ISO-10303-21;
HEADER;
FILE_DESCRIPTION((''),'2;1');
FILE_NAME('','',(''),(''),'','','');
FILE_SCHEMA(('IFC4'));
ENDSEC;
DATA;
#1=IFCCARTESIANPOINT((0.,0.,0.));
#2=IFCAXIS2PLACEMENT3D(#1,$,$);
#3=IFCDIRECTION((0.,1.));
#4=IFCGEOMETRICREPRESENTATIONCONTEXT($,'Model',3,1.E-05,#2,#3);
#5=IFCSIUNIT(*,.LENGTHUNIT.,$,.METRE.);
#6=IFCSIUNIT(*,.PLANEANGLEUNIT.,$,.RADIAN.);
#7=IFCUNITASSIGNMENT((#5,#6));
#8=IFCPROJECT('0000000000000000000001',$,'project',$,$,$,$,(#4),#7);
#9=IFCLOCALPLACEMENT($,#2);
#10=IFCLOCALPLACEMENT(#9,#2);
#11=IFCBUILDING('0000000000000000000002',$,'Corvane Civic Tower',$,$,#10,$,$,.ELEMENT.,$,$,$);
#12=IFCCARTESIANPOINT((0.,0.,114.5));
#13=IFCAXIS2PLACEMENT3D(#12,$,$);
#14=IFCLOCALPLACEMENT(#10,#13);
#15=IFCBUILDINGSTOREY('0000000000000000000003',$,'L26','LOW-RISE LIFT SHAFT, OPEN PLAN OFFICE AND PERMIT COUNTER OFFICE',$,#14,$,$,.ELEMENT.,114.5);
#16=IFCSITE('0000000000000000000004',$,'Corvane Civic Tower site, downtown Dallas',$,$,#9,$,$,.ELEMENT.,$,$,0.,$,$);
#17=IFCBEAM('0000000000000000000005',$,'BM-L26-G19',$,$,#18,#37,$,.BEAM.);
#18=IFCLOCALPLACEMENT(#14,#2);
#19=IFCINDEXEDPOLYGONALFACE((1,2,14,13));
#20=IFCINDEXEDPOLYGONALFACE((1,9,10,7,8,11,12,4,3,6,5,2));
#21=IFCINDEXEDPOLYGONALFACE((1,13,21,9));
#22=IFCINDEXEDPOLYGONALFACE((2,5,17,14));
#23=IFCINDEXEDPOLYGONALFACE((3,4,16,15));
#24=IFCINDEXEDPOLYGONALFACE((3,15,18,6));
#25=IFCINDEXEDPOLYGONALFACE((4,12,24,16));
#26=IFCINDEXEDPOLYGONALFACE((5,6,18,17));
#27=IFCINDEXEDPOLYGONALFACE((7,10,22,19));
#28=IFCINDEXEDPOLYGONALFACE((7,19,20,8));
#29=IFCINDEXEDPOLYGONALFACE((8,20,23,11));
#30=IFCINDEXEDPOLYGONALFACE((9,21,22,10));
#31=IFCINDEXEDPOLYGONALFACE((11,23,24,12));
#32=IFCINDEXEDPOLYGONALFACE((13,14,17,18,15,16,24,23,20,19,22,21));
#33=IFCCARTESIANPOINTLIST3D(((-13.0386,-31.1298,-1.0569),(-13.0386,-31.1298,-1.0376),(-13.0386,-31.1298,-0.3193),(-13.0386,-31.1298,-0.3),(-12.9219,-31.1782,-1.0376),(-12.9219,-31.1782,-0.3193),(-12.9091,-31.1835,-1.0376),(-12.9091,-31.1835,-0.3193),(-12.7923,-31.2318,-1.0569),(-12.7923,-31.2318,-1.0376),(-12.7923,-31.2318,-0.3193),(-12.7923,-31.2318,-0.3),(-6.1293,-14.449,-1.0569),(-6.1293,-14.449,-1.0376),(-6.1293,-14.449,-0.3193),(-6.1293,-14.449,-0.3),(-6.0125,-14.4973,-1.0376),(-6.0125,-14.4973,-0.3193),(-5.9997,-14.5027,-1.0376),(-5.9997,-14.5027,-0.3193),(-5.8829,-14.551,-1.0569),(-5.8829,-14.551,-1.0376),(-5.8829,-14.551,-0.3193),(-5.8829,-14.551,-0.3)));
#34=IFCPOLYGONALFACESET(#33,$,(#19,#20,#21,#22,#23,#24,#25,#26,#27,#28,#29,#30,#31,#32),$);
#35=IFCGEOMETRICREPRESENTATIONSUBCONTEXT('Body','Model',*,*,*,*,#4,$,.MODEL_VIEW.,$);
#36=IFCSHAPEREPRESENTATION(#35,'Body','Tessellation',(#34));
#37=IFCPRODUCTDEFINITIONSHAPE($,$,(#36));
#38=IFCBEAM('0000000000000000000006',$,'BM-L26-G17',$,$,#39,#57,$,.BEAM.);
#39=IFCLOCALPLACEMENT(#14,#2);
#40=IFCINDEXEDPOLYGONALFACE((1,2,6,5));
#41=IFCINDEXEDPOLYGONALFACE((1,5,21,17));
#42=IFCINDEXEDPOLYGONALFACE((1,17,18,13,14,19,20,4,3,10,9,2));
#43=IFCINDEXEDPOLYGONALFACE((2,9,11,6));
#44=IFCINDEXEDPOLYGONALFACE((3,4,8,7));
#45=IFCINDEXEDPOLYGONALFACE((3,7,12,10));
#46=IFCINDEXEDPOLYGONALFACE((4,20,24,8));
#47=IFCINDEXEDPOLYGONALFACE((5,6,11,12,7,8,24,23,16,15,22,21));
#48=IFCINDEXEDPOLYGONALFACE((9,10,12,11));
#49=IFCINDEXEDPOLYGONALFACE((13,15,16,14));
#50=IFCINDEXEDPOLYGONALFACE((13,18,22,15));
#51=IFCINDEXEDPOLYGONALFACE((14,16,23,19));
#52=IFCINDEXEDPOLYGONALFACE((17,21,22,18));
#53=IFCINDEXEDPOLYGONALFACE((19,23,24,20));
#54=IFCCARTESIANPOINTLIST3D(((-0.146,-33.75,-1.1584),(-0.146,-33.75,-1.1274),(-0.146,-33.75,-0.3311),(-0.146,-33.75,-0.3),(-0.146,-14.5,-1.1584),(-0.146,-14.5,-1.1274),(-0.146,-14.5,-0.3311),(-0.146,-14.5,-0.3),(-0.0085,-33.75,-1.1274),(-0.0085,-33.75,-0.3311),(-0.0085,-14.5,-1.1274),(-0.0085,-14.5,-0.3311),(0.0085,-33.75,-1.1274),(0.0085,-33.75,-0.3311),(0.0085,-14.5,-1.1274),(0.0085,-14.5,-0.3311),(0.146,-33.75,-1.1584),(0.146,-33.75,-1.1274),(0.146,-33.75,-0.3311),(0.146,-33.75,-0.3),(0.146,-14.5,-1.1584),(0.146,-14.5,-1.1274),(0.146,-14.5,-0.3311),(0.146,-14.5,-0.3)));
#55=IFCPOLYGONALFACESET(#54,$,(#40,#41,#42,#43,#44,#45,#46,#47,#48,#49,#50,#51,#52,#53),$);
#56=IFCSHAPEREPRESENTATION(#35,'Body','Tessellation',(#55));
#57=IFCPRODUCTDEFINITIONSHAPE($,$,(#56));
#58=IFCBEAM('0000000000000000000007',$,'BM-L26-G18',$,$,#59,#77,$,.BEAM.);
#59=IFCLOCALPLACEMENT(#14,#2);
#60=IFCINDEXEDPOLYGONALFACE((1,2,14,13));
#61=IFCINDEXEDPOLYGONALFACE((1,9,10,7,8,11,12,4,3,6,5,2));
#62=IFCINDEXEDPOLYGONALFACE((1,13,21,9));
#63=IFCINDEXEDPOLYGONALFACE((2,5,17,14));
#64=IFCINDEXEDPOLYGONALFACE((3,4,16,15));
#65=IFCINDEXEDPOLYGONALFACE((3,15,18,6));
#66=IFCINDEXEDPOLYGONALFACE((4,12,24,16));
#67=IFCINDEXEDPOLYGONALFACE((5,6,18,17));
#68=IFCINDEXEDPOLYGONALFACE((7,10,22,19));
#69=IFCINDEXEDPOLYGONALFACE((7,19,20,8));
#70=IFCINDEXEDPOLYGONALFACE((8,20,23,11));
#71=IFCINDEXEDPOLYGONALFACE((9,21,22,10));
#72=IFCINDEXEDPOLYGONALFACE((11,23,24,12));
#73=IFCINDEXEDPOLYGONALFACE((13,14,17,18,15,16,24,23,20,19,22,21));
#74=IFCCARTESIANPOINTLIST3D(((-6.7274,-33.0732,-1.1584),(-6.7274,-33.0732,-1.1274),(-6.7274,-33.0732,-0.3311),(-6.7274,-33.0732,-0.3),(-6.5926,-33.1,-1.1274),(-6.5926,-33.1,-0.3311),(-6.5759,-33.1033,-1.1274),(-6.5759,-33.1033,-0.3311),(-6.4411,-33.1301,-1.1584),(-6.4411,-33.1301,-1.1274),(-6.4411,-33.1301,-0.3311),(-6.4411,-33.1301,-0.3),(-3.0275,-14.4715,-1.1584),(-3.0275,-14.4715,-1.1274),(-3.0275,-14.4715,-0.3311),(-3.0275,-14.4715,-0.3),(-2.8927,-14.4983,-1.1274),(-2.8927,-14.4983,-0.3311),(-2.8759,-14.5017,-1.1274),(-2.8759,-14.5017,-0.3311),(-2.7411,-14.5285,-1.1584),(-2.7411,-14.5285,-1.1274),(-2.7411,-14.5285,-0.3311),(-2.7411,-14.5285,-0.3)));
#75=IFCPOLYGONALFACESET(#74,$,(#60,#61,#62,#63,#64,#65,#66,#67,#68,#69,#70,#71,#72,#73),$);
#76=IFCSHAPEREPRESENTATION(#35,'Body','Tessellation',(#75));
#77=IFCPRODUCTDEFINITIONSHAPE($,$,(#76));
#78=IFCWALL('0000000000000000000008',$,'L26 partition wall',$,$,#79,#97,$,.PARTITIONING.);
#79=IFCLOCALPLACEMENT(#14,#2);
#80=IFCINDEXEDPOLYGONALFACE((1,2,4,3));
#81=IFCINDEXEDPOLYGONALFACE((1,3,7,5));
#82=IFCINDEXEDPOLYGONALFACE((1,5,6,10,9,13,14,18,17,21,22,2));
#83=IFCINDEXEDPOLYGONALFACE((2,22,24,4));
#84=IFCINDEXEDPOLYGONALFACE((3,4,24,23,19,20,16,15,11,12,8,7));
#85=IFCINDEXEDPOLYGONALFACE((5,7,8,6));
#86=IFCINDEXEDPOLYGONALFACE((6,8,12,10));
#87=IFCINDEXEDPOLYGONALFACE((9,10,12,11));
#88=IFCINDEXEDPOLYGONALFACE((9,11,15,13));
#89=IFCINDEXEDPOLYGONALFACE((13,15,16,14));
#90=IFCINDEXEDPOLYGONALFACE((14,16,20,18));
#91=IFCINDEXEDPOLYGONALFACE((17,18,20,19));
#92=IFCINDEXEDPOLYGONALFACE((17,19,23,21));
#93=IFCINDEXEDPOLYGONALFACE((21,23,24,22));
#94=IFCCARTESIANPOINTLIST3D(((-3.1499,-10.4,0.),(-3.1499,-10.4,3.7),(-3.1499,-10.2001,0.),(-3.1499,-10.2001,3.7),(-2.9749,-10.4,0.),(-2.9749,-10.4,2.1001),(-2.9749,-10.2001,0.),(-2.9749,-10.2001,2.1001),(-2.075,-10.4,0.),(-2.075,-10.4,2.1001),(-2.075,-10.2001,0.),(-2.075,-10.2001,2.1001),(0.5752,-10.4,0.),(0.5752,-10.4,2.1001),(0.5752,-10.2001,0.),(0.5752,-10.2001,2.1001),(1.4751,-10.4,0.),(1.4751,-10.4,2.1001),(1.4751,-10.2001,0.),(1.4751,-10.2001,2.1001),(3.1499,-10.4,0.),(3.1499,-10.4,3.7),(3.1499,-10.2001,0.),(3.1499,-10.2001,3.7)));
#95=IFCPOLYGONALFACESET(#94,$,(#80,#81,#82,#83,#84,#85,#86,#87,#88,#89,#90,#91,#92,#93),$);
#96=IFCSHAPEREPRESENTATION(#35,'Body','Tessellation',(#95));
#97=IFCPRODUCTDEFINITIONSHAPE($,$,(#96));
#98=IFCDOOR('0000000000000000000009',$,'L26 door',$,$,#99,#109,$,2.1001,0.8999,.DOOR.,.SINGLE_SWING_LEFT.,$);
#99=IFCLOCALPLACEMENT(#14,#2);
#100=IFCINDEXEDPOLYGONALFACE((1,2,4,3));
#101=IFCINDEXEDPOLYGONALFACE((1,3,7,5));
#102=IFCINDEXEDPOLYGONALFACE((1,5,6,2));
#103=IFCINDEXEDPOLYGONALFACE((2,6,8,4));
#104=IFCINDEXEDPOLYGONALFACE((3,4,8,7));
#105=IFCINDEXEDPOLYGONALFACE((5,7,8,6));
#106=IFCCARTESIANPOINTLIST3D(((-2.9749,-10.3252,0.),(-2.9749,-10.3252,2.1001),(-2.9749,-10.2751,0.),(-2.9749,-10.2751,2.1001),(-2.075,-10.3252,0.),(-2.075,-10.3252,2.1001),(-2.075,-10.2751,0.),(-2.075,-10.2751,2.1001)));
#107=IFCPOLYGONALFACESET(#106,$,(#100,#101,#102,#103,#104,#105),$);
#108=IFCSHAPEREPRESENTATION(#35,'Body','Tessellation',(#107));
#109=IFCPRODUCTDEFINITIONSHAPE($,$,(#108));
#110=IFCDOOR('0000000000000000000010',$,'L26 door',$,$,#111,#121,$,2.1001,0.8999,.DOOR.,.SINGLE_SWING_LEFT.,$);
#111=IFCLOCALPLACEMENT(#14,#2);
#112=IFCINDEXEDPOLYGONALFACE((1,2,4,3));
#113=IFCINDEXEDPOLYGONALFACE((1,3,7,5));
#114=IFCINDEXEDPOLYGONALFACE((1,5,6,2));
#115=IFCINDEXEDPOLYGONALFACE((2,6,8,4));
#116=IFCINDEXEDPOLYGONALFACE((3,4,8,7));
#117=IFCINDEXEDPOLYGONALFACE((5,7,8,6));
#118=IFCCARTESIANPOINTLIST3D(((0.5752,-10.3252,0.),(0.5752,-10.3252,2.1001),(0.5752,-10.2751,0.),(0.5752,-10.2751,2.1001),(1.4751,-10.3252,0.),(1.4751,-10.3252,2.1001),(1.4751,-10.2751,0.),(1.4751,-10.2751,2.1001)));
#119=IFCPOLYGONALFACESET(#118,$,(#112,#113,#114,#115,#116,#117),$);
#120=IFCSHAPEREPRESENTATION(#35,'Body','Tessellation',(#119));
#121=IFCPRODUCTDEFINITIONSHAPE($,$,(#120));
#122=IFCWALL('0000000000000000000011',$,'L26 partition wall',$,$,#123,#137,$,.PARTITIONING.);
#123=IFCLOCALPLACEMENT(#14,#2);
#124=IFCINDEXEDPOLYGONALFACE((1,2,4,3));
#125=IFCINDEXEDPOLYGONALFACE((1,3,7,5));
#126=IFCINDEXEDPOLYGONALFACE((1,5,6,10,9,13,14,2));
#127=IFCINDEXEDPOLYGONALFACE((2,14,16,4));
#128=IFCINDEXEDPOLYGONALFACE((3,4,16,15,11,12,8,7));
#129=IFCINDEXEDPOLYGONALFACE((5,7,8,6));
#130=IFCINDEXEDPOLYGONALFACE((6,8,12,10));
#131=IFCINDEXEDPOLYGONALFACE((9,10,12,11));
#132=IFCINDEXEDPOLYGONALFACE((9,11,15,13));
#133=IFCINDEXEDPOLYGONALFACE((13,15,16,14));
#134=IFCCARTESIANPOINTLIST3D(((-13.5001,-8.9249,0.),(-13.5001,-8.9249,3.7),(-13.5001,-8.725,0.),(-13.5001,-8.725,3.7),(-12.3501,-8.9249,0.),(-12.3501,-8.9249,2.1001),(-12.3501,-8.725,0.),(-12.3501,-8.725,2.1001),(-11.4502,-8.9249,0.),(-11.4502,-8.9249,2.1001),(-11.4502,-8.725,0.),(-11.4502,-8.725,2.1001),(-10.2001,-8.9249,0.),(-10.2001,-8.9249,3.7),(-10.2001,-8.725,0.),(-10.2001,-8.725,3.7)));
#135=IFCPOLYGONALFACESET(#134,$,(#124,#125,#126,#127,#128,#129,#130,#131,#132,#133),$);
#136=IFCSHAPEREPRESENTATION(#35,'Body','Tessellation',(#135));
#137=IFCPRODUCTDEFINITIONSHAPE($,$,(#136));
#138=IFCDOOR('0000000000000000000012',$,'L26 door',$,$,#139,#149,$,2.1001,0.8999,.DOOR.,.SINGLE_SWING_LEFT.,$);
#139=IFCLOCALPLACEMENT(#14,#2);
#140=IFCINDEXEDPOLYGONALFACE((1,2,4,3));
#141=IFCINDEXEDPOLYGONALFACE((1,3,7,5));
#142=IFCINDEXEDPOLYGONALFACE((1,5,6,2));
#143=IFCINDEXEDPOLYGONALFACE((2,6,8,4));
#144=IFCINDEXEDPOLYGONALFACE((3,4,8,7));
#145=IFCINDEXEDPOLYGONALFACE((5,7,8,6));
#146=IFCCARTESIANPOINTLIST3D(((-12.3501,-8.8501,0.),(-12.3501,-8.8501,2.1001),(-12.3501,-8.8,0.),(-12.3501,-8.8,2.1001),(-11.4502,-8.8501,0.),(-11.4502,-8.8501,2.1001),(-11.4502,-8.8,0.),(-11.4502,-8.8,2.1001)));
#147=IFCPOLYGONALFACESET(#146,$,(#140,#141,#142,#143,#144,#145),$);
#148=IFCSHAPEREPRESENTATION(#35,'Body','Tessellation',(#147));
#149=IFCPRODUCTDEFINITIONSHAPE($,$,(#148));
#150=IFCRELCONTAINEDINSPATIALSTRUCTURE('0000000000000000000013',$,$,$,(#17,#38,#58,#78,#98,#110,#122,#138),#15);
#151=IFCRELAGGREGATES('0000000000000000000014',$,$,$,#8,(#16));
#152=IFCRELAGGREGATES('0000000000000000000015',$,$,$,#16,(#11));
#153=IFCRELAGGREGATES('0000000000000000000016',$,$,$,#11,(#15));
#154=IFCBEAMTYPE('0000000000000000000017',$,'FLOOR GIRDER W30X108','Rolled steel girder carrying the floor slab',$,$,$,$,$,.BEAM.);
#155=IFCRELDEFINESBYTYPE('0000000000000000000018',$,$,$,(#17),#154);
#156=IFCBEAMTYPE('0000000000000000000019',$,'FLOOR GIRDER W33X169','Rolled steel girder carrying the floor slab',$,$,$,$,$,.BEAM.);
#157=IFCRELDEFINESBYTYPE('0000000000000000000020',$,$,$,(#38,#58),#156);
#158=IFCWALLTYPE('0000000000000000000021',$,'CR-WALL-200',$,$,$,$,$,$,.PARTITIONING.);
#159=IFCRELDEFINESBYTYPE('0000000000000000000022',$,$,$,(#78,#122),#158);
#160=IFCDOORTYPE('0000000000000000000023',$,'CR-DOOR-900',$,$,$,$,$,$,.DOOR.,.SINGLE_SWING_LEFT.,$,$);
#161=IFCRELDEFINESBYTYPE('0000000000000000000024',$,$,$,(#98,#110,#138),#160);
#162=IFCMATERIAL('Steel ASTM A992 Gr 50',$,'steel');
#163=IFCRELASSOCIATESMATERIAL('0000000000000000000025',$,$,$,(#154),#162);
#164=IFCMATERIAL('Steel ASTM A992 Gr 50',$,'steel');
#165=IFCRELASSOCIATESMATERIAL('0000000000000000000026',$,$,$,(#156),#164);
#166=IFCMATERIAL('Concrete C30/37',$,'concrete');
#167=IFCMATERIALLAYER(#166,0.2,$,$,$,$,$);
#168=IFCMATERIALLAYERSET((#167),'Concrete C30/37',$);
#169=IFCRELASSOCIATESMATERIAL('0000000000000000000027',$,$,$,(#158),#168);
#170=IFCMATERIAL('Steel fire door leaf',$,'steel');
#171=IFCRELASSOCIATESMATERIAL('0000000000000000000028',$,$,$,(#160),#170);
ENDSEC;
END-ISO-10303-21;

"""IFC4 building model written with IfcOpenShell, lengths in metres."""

from ifc_helpers import new_model, si_unit, direction, frame, frame_2d, origin, origin_2d, place, context, subcontext, project, spatial, rectangle, i_section, extrude, material, layer, layer_set, material_profile, profile_set, type_object, element, fill, save


model = new_model("IFC4")

# Units and contexts
model_context = context("Model", 3, precision=1e-05, world=origin(), true_north=direction((0.0, 1.0)))
body_context = subcontext(model_context, "Body", "Model", "MODEL_VIEW")
ifc_project = project(units=[si_unit("LENGTHUNIT", "METRE"), si_unit("PLANEANGLEUNIT", "RADIAN")], contexts=[model_context])

# Site, building, storey
site_placement = place(None, origin())
site = spatial("IfcSite", under=ifc_project, at=site_placement, Name="Corvane Civic Tower site, downtown Dallas", CompositionType="ELEMENT", RefElevation=0.0)
building_placement = place(site_placement, origin())
building = spatial("IfcBuilding", under=site, at=building_placement, Name="Corvane Civic Tower", CompositionType="ELEMENT")
storey_placement = place(building_placement, frame((0.0, 0.0, 114.5)))
storey = spatial("IfcBuildingStorey", under=building, at=storey_placement, Name="L26", Description="LOW-RISE LIFT SHAFT, OPEN PLAN OFFICE AND PERMIT COUNTER OFFICE", CompositionType="ELEMENT", Elevation=114.5)

# Beams
ifc_material_1 = material(Name="Steel ASTM A992 Gr 50", Category="steel")
ifc_material_profile_1 = material_profile(ifc_material_1, i_section(OverallWidth=0.2666, OverallDepth=0.7568, WebThickness=0.0139, FlangeThickness=0.0193, at=origin_2d()), Name="W30X108")
ifc_profile_set_1 = profile_set([ifc_material_profile_1], Name="Steel ASTM A992 Gr 50")
beam_type_1 = type_object("IfcBeamType", Name="FLOOR GIRDER W30X108", Description="Rolled steel girder carrying the floor slab", PredefinedType="BEAM", material=ifc_profile_set_1)
beam_1_placement = place(storey_placement, frame((-6.0061, -14.5, -0.6785), z_axis=(-0.382682, -0.92388, 0.0), x_axis=(0.92388, -0.382682, 0.0)))
element("IfcBeam", 1, at=beam_1_placement, inside=storey, type_object=beam_type_1, Name="BM-L26-G19", PredefinedType="BEAM", context=body_context, shape_type="SweptSolid", body=[
    extrude(i_section(OverallWidth=0.2666, OverallDepth=0.7568, WebThickness=0.0139, FlangeThickness=0.0193, at=origin_2d()), origin(), (0.0, 0.0, 1.0), 18.0552),
])
ifc_material_2 = material(Name="Steel ASTM A992 Gr 50", Category="steel")
ifc_material_profile_2 = material_profile(ifc_material_2, i_section(OverallWidth=0.292, OverallDepth=0.8584, WebThickness=0.0171, FlangeThickness=0.031, at=origin_2d()), Name="W33X169")
ifc_profile_set_2 = profile_set([ifc_material_profile_2], Name="Steel ASTM A992 Gr 50")
beam_type_2 = type_object("IfcBeamType", Name="FLOOR GIRDER W33X169", Description="Rolled steel girder carrying the floor slab", PredefinedType="BEAM", material=ifc_profile_set_2)
beam_2_placement = place(storey_placement, frame((0.0, -14.5, -0.7292), z_axis=(0.0, -1.0, 0.0), x_axis=(1.0, 0.0, 0.0)))
element("IfcBeam", 2, at=beam_2_placement, inside=storey, type_object=beam_type_2, Name="BM-L26-G17", PredefinedType="BEAM", context=body_context, shape_type="SweptSolid", body=[
    extrude(i_section(OverallWidth=0.292, OverallDepth=0.8584, WebThickness=0.0171, FlangeThickness=0.031, at=origin_2d()), origin(), (0.0, 0.0, 1.0), 19.25),
])
beam_3_placement = place(storey_placement, frame((-2.8843, -14.5, -0.7292), z_axis=(-0.195084, -0.980787, 0.0), x_axis=(0.980787, -0.195084, 0.0)))
element("IfcBeam", 3, at=beam_3_placement, inside=storey, type_object=beam_type_2, Name="BM-L26-G18", PredefinedType="BEAM", context=body_context, shape_type="SweptSolid", body=[
    extrude(i_section(OverallWidth=0.292, OverallDepth=0.8584, WebThickness=0.0171, FlangeThickness=0.031, at=origin_2d()), origin(), (0.0, 0.0, 1.0), 18.9661),
])

# Wall, openings, doors
ifc_material_3 = material(Name="Concrete C30/37", Category="concrete")
ifc_layer = layer(ifc_material_3, 0.2)
ifc_layer_set = layer_set([ifc_layer], Name="Concrete C30/37")
wall_type = type_object("IfcWallType", Name="CR-WALL-200", PredefinedType="PARTITIONING", material=ifc_layer_set)
wall_1_placement = place(storey_placement, frame((-3.1499, -10.3, 0.0), z_axis=(0.0, 0.0, 1.0), x_axis=(1.0, 0.0, 0.0)))
wall_1 = element("IfcWall", 4, at=wall_1_placement, inside=storey, type_object=wall_type, Name="L26 partition wall", PredefinedType="PARTITIONING", context=body_context, shape_type="SweptSolid", body=[
    extrude(rectangle(XDim=6.2998, YDim=0.2, at=frame_2d((3.1499, 0.0))), origin(), (0.0, 0.0, 1.0), 3.7),
])
opening_1_placement = place(wall_1_placement, frame((0.175, 0.0, 0.0)))
opening_1 = element("IfcOpeningElement", 5, at=opening_1_placement, cuts=wall_1, PredefinedType="OPENING", context=body_context, shape_type="SweptSolid", body=[
    extrude(rectangle(XDim=0.8999, YDim=2.1001, at=frame_2d((0.45, 1.05))), frame((0.0, 0.1099, 0.0), z_axis=(0.0, -1.0, 0.0), x_axis=(1.0, 0.0, 0.0)), (0.0, 0.0, 1.0), 0.22),
])
opening_2_placement = place(wall_1_placement, frame((3.7251, 0.0, 0.0)))
opening_2 = element("IfcOpeningElement", 6, at=opening_2_placement, cuts=wall_1, PredefinedType="OPENING", context=body_context, shape_type="SweptSolid", body=[
    extrude(rectangle(XDim=0.8999, YDim=2.1001, at=frame_2d((0.45, 1.05))), frame((0.0, 0.1099, 0.0), z_axis=(0.0, -1.0, 0.0), x_axis=(1.0, 0.0, 0.0)), (0.0, 0.0, 1.0), 0.22),
])
ifc_material_4 = material(Name="Steel fire door leaf", Category="steel")
door_type = type_object("IfcDoorType", Name="CR-DOOR-900", OperationType="SINGLE_SWING_LEFT", PredefinedType="DOOR", material=ifc_material_4)
door_1_placement = place(opening_1_placement, origin())
door_1 = element("IfcDoor", 7, at=door_1_placement, inside=storey, type_object=door_type, Name="L26 door", OperationType="SINGLE_SWING_LEFT", OverallHeight=2.1001, OverallWidth=0.8999, PredefinedType="DOOR", context=body_context, shape_type="SweptSolid", body=[
    extrude(rectangle(XDim=0.8999, YDim=2.1001, at=frame_2d((0.45, 1.05))), frame((0.0, 0.0249, 0.0), z_axis=(0.0, -1.0, 0.0), x_axis=(1.0, 0.0, 0.0)), (0.0, 0.0, 1.0), 0.05),
])
fill(opening_1, door_1)
door_2_placement = place(opening_2_placement, origin())
door_2 = element("IfcDoor", 8, at=door_2_placement, inside=storey, type_object=door_type, Name="L26 door", OperationType="SINGLE_SWING_LEFT", OverallHeight=2.1001, OverallWidth=0.8999, PredefinedType="DOOR", context=body_context, shape_type="SweptSolid", body=[
    extrude(rectangle(XDim=0.8999, YDim=2.1001, at=frame_2d((0.45, 1.05))), frame((0.0, 0.0249, 0.0), z_axis=(0.0, -1.0, 0.0), x_axis=(1.0, 0.0, 0.0)), (0.0, 0.0, 1.0), 0.05),
])
fill(opening_2, door_2)

# Wall, opening, door
wall_2_placement = place(storey_placement, frame((-13.5, -8.825, 0.0), z_axis=(0.0, 0.0, 1.0), x_axis=(1.0, 0.0, 0.0)))
wall_2 = element("IfcWall", 9, at=wall_2_placement, inside=storey, type_object=wall_type, Name="L26 partition wall", PredefinedType="PARTITIONING", context=body_context, shape_type="SweptSolid", body=[
    extrude(rectangle(XDim=3.3, YDim=0.2, at=frame_2d((1.6499, 0.0))), origin(), (0.0, 0.0, 1.0), 3.7),
])
opening_3_placement = place(wall_2_placement, frame((1.1499, 0.0, 0.0)))
opening_3 = element("IfcOpeningElement", 10, at=opening_3_placement, cuts=wall_2, PredefinedType="OPENING", context=body_context, shape_type="SweptSolid", body=[
    extrude(rectangle(XDim=0.8999, YDim=2.1001, at=frame_2d((0.45, 1.05))), frame((0.0, 0.1099, 0.0), z_axis=(0.0, -1.0, 0.0), x_axis=(1.0, 0.0, 0.0)), (0.0, 0.0, 1.0), 0.22),
])
door_3_placement = place(opening_3_placement, origin())
door_3 = element("IfcDoor", 11, at=door_3_placement, inside=storey, type_object=door_type, Name="L26 door", OperationType="SINGLE_SWING_LEFT", OverallHeight=2.1001, OverallWidth=0.8999, PredefinedType="DOOR", context=body_context, shape_type="SweptSolid", body=[
    extrude(rectangle(XDim=0.8999, YDim=2.1001, at=frame_2d((0.45, 1.05))), frame((0.0, 0.0249, 0.0), z_axis=(0.0, -1.0, 0.0), x_axis=(1.0, 0.0, 0.0)), (0.0, 0.0, 1.0), 0.05),
])
fill(opening_3, door_3)

save(model, "model.ifc")
